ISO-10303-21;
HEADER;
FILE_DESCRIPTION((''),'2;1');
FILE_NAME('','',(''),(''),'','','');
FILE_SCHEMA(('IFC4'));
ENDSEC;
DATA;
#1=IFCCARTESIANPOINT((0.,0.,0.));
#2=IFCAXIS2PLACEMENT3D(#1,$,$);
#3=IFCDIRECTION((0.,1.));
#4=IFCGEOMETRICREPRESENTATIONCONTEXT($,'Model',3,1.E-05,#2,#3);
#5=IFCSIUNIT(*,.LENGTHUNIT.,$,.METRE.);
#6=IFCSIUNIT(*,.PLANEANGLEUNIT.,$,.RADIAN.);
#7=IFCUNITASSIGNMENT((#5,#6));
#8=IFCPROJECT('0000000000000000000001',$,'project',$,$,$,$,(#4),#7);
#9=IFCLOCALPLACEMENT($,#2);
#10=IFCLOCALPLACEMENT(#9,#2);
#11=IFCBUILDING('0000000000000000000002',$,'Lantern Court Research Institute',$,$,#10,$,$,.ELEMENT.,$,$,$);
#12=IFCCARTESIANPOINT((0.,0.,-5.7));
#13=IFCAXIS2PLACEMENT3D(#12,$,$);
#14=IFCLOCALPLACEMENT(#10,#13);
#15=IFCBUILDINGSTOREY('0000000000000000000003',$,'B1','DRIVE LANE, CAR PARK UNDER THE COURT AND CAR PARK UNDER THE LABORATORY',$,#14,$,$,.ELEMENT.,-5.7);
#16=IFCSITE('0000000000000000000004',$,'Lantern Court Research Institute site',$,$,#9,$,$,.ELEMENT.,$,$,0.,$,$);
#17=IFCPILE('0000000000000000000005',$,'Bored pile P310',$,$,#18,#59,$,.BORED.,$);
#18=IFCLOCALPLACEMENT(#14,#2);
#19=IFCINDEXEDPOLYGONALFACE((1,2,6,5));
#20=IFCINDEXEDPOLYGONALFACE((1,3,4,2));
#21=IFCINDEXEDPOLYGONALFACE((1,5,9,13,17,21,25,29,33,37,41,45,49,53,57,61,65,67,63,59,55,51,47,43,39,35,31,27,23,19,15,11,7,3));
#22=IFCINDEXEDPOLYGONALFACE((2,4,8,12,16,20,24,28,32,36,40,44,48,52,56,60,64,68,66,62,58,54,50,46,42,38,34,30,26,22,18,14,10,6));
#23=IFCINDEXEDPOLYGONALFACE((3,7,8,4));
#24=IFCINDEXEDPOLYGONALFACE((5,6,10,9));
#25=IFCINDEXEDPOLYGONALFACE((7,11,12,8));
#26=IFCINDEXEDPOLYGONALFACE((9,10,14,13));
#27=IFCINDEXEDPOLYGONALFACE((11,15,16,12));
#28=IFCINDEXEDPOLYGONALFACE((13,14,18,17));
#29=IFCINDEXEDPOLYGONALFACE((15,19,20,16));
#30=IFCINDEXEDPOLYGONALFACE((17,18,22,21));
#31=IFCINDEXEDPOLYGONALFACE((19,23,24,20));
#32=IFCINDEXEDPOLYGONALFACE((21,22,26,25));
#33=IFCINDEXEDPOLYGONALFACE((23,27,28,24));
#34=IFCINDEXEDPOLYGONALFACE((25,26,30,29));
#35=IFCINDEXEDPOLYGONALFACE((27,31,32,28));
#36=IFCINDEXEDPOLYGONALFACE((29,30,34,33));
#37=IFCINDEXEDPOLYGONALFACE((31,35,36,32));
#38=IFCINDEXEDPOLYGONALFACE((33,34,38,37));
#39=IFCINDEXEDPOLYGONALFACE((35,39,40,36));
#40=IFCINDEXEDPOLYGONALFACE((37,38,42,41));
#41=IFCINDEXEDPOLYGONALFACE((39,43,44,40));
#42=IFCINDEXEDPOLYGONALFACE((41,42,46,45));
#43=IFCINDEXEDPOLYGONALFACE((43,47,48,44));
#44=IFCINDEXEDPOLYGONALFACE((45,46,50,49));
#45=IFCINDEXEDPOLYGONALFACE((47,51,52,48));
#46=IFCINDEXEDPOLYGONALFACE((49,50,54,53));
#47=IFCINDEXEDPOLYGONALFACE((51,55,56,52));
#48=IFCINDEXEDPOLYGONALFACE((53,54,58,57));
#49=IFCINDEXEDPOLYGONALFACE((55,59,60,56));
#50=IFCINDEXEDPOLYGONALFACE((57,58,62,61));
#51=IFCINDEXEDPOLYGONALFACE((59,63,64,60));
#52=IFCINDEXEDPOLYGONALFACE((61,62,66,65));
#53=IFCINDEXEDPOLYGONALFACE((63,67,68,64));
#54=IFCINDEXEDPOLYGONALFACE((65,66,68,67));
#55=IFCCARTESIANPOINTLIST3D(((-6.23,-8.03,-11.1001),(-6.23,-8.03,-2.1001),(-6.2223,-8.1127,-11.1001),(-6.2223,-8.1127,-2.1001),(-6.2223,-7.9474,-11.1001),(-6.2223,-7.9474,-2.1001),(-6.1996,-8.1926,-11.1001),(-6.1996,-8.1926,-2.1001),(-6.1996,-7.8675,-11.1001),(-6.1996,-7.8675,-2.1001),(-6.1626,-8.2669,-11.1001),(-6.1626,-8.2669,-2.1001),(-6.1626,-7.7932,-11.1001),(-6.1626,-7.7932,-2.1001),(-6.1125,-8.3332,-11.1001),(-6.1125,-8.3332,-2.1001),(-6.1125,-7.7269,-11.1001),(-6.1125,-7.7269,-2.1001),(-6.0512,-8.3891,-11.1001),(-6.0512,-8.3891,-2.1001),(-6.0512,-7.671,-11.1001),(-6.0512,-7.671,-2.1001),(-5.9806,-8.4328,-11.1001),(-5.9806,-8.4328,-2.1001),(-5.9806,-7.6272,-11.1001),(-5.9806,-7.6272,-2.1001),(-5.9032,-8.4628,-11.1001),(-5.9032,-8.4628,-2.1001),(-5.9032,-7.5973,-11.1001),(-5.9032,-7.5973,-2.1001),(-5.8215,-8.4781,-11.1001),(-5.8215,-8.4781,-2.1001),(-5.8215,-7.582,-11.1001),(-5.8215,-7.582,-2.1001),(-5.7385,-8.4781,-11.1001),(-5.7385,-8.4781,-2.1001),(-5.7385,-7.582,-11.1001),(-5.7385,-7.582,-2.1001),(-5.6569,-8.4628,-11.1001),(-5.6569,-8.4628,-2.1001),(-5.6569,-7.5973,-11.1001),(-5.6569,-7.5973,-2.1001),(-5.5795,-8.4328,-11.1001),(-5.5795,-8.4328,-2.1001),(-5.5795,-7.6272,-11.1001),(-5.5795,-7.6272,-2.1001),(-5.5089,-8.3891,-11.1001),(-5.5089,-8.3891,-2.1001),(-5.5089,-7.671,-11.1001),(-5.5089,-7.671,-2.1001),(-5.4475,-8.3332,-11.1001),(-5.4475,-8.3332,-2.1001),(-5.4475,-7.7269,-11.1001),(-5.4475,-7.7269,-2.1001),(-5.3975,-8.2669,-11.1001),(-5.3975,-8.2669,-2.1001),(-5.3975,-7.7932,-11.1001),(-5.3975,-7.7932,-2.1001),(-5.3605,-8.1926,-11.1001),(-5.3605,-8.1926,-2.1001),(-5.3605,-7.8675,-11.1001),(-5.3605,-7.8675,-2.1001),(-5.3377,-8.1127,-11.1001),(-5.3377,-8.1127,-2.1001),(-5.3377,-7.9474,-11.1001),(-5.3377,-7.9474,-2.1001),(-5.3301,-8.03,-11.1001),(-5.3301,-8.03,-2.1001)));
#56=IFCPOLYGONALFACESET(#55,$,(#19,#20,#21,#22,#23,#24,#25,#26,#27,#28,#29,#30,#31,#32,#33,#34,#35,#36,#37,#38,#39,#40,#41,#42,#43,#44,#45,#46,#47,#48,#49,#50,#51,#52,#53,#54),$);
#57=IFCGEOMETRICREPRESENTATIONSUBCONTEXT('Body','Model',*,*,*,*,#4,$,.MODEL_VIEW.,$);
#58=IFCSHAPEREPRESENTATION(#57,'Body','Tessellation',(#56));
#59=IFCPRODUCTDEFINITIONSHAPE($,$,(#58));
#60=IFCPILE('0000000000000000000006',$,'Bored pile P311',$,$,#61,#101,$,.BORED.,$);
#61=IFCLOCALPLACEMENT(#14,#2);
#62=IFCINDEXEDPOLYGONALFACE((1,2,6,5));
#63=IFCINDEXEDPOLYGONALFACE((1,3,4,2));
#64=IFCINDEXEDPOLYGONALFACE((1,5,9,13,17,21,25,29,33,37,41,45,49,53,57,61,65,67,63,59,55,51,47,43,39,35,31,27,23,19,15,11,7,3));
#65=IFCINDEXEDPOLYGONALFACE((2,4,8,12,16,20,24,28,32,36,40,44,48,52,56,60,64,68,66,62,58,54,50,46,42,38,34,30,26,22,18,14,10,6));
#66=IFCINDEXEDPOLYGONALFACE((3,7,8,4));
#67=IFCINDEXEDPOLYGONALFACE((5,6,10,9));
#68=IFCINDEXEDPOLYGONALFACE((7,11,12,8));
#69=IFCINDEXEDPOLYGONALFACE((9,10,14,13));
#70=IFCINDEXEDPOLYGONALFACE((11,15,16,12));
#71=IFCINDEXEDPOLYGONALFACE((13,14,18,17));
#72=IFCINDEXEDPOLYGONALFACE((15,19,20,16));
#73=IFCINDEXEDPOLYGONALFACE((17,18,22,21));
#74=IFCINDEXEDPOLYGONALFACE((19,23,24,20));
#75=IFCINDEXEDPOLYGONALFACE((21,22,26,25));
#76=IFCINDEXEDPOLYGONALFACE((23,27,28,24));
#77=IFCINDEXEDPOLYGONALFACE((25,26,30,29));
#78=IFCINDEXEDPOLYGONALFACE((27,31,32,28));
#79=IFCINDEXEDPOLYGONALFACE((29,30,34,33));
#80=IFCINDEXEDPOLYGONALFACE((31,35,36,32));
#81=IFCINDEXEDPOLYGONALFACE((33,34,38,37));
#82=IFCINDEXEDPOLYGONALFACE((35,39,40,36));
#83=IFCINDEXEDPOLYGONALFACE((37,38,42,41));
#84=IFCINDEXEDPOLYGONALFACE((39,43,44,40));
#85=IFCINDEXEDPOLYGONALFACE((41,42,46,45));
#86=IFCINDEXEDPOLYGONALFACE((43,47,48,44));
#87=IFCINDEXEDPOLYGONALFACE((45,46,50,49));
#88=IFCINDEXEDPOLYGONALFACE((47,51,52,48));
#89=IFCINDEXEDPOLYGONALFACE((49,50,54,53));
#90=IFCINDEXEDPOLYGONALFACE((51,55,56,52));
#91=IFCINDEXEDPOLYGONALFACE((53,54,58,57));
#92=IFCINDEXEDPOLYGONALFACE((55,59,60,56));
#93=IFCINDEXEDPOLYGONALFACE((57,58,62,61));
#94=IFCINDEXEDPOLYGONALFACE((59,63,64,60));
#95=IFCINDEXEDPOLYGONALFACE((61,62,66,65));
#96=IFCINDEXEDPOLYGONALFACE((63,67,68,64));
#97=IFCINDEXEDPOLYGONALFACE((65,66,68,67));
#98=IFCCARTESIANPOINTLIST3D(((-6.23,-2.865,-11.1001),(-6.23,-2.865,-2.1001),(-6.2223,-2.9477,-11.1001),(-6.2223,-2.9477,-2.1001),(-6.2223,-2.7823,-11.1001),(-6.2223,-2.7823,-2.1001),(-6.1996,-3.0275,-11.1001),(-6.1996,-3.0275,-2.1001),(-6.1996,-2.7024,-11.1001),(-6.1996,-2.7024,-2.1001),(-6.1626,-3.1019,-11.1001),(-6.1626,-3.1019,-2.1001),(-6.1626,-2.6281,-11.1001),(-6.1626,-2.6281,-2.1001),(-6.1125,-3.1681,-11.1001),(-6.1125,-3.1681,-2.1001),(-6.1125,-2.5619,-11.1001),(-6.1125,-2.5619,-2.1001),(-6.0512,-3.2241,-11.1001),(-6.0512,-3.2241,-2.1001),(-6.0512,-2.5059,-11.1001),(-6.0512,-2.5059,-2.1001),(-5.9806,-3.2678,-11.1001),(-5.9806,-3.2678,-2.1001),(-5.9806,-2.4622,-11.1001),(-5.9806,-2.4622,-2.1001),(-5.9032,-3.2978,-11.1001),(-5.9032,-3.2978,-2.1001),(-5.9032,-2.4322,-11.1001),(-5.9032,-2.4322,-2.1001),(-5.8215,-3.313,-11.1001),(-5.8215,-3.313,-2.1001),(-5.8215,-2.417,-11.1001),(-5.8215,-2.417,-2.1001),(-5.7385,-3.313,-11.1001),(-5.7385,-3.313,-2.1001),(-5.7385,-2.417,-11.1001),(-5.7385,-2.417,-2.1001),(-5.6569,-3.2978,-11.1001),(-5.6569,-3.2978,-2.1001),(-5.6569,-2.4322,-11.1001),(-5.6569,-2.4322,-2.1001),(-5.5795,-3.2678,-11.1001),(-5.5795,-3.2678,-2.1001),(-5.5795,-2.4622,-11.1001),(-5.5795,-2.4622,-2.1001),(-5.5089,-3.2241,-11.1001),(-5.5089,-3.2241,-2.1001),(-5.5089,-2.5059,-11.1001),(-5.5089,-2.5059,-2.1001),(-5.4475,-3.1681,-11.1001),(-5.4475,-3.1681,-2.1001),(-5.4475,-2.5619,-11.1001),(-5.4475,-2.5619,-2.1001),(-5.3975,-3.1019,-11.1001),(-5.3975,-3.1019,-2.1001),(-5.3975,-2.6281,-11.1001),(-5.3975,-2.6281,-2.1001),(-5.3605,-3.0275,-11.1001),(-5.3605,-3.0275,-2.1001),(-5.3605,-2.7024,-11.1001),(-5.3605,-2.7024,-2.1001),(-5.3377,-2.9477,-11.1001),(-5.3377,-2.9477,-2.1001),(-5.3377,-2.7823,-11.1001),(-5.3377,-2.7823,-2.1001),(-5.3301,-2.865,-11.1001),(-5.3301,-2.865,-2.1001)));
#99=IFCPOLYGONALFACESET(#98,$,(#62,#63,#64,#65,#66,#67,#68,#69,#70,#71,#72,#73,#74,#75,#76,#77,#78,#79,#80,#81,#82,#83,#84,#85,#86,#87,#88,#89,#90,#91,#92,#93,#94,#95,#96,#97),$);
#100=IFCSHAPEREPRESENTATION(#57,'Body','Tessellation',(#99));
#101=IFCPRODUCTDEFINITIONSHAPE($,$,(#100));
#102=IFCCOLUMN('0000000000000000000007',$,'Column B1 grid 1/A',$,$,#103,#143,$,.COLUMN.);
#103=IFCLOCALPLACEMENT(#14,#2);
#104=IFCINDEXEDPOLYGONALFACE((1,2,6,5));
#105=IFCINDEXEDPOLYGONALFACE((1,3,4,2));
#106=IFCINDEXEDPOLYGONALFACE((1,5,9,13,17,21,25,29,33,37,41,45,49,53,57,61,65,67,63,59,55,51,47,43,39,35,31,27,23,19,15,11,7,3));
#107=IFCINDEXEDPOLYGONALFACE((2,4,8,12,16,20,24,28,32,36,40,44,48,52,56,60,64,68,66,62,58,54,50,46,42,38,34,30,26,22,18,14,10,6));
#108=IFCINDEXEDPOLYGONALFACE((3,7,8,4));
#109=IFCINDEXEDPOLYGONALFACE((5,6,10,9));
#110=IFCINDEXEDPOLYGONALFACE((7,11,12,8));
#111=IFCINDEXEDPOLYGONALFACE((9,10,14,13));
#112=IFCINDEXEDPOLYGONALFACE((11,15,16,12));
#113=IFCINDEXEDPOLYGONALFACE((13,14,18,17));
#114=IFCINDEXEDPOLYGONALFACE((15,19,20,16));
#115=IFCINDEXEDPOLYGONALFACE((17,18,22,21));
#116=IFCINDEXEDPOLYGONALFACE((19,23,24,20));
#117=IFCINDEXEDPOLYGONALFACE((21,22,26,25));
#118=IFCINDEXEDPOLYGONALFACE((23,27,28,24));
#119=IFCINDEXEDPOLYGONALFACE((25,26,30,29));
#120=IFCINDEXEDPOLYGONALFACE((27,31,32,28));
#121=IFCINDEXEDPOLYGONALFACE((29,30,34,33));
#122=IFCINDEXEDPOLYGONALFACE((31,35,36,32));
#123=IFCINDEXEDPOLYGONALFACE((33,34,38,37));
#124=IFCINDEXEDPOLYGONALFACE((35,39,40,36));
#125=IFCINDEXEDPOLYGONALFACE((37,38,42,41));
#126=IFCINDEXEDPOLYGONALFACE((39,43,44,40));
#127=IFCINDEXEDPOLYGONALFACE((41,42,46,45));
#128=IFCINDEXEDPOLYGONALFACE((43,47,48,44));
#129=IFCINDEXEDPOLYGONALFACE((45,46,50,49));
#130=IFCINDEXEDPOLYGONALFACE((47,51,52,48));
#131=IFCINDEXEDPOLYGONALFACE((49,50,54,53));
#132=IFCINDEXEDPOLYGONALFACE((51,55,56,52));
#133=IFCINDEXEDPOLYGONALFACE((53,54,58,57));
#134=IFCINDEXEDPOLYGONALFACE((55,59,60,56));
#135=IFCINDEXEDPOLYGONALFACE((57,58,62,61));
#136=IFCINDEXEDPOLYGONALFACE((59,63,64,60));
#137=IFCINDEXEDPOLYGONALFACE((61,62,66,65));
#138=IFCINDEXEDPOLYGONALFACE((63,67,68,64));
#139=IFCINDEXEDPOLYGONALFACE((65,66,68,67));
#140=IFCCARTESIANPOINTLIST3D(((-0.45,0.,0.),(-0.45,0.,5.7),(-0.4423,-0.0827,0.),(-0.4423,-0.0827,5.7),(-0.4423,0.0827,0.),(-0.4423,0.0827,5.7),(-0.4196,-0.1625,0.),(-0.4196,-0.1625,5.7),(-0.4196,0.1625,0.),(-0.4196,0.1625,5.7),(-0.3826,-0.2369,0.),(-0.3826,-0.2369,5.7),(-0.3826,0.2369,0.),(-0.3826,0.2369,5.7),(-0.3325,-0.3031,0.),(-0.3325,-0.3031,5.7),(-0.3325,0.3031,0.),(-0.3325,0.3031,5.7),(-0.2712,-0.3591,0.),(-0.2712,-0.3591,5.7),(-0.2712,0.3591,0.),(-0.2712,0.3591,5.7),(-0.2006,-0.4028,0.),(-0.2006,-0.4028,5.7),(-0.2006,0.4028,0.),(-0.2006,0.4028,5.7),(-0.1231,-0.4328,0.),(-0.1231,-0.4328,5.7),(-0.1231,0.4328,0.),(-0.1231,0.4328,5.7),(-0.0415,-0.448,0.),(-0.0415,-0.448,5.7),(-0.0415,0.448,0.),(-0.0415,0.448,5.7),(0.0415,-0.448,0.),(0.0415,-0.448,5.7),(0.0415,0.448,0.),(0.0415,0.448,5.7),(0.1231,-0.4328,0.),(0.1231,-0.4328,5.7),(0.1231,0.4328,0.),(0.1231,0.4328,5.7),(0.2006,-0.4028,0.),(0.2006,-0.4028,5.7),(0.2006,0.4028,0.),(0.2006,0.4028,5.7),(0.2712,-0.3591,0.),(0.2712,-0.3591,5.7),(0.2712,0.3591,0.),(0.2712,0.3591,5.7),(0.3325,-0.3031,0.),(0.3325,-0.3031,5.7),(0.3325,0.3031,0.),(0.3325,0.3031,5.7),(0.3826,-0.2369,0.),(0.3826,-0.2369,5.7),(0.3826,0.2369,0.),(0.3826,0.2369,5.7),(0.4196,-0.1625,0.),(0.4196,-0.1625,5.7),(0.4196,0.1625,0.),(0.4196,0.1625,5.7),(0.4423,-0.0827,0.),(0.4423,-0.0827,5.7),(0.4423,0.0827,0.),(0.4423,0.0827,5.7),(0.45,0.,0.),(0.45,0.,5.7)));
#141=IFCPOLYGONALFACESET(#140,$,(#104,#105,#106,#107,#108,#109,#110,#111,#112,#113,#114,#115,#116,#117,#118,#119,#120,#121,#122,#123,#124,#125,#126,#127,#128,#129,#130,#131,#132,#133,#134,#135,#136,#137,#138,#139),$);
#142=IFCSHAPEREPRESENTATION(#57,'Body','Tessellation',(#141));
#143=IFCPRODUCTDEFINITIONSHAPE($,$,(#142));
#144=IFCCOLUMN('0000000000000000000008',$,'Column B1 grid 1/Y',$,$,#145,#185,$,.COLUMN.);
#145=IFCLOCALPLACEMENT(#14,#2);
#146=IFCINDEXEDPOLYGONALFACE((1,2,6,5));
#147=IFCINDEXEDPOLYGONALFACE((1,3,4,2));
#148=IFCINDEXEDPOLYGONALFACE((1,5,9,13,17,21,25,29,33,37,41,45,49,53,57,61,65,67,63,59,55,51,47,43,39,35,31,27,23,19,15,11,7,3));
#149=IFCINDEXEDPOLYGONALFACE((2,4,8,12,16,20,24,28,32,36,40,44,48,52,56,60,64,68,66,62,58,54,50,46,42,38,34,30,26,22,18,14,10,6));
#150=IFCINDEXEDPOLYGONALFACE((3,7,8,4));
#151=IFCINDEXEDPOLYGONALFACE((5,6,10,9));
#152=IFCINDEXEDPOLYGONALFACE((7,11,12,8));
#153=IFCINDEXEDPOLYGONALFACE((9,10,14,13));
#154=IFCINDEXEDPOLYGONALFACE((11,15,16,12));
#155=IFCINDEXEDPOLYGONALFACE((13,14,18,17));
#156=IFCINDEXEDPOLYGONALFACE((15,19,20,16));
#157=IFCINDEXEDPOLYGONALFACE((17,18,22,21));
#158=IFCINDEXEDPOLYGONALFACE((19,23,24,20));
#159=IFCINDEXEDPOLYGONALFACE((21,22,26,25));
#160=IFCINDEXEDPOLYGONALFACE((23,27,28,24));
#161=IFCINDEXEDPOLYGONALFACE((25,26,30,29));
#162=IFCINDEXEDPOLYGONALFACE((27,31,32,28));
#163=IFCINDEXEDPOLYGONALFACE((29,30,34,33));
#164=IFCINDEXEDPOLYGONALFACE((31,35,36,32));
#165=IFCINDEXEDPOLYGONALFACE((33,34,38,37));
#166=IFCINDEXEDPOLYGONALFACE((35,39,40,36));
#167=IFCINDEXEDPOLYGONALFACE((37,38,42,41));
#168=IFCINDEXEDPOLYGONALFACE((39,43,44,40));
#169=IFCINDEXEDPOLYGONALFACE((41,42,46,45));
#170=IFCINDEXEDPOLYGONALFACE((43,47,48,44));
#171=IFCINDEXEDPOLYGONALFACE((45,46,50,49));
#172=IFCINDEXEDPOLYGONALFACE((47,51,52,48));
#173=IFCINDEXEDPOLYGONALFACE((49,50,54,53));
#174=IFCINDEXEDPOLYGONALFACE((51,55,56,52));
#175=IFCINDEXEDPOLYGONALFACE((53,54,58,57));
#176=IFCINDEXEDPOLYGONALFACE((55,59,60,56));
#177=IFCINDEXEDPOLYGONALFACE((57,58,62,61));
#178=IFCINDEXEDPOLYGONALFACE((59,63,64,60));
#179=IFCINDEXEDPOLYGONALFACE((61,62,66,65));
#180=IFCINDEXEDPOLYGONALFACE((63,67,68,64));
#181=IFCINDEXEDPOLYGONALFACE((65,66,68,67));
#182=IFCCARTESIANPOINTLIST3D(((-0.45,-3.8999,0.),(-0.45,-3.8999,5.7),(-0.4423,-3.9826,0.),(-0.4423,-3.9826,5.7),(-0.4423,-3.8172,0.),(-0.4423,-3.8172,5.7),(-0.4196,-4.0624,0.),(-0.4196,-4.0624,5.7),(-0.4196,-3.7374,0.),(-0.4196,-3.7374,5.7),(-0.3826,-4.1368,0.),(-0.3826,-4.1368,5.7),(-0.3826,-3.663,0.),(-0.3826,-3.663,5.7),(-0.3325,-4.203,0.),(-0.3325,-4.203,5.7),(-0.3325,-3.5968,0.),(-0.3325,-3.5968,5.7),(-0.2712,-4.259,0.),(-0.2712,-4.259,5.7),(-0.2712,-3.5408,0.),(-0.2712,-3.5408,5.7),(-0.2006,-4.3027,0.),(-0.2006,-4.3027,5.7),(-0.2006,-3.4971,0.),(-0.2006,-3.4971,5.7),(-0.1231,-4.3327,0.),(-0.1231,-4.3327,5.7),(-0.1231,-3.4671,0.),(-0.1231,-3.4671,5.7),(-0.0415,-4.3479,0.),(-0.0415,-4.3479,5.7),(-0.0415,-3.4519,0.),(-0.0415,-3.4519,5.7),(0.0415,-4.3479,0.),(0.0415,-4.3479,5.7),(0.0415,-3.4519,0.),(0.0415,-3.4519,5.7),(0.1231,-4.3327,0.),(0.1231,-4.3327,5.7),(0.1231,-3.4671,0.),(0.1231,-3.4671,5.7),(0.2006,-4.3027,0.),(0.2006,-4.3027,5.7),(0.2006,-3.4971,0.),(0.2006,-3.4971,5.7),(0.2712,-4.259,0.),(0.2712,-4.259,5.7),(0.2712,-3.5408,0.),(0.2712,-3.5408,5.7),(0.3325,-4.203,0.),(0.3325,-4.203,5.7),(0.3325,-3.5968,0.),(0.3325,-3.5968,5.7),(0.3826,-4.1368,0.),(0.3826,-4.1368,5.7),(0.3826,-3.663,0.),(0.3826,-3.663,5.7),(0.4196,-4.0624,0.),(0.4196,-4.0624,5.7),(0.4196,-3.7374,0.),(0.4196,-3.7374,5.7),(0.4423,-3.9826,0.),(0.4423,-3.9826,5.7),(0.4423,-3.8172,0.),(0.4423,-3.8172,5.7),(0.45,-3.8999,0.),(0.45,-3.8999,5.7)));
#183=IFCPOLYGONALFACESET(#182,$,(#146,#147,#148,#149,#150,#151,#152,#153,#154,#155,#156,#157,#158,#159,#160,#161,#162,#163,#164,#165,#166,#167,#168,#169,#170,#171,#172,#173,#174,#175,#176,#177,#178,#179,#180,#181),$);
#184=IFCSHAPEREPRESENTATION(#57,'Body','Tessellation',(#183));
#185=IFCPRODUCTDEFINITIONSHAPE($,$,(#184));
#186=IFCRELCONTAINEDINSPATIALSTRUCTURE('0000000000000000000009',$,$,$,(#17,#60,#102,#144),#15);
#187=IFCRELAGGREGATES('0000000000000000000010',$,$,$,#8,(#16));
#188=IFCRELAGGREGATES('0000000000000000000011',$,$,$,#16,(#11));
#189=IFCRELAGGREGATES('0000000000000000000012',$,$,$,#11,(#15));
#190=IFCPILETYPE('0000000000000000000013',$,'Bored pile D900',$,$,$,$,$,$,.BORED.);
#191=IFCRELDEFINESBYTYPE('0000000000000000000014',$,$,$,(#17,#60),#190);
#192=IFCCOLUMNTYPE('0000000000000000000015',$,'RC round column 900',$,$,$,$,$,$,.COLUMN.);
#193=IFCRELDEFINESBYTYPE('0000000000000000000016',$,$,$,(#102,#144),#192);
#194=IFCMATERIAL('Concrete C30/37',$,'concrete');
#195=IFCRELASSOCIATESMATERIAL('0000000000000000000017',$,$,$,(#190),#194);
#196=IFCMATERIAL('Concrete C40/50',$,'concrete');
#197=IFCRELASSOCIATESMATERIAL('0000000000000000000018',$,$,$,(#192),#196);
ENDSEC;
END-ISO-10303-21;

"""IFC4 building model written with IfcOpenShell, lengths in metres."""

from ifc_helpers import new_model, si_unit, direction, frame, origin, origin_2d, place, context, subcontext, project, spatial, circle, extrude, material, material_profile, profile_set, type_object, element, save


model = new_model("IFC4")

# Units and contexts
model_context = context("Model", 3, precision=1e-05, world=origin(), true_north=direction((0.0, 1.0)))
body_context = subcontext(model_context, "Body", "Model", "MODEL_VIEW")
ifc_project = project(units=[si_unit("LENGTHUNIT", "METRE"), si_unit("PLANEANGLEUNIT", "RADIAN")], contexts=[model_context])

# Site, building, storey
site_placement = place(None, origin())
site = spatial("IfcSite", under=ifc_project, at=site_placement, Name="Lantern Court Research Institute site", CompositionType="ELEMENT", RefElevation=0.0)
building_placement = place(site_placement, origin())
building = spatial("IfcBuilding", under=site, at=building_placement, Name="Lantern Court Research Institute", CompositionType="ELEMENT")
storey_placement = place(building_placement, frame((0.0, 0.0, -5.7)))
storey = spatial("IfcBuildingStorey", under=building, at=storey_placement, Name="B1", Description="DRIVE LANE, CAR PARK UNDER THE COURT AND CAR PARK UNDER THE LABORATORY", CompositionType="ELEMENT", Elevation=-5.7)

# Piles
ifc_material_1 = material(Name="Concrete C30/37", Category="concrete")
ifc_material_profile_1 = material_profile(ifc_material_1, circle(Radius=0.45, at=origin_2d()), Name="Bored pile D900")
ifc_profile_set_1 = profile_set([ifc_material_profile_1], Name="Concrete C30/37")
pile_type_1 = type_object("IfcPileType", Name="Bored pile D900", PredefinedType="BORED", material=ifc_profile_set_1)
for number, where, z_axis, x_axis, name in (
    (1, (-5.78, -8.03, -2.1001), (0.0, 0.0, -1.0), (1.0, 0.0, 0.0), "Bored pile P310"),
    (2, (-5.78, -2.865, -2.1001), (0.0, 0.0, -1.0), (1.0, 0.0, 0.0), "Bored pile P311"),
):
    element("IfcPile", number, at=place(storey_placement, frame(where, z_axis=z_axis, x_axis=x_axis)), inside=storey, type_object=pile_type_1, Name=name, PredefinedType="BORED", context=body_context, shape_type="SweptSolid", body=[
        extrude(circle(Radius=0.45, at=origin_2d()), origin(), (0.0, 0.0, 1.0), 9.0),
    ])

# Columns
ifc_material_2 = material(Name="Concrete C40/50", Category="concrete")
ifc_material_profile_2 = material_profile(ifc_material_2, circle(Radius=0.45, at=origin_2d()), Name="RC round column 900")
ifc_profile_set_2 = profile_set([ifc_material_profile_2], Name="Concrete C40/50")
column_type = type_object("IfcColumnType", Name="RC round column 900", PredefinedType="COLUMN", material=ifc_profile_set_2)
for number, where, z_axis, x_axis, name in (
    (3, (0.0, 0.0, 0.0), (0.0, 0.0, 1.0), (1.0, 0.0, 0.0), "Column B1 grid 1/A"),
    (4, (0.0, -3.8999, 0.0), (0.0, 0.0, 1.0), (1.0, 0.0, 0.0), "Column B1 grid 1/Y"),
):
    element("IfcColumn", number, at=place(storey_placement, frame(where, z_axis=z_axis, x_axis=x_axis)), inside=storey, type_object=column_type, Name=name, PredefinedType="COLUMN", context=body_context, shape_type="SweptSolid", body=[
        extrude(circle(Radius=0.45, at=origin_2d()), origin(), (0.0, 0.0, 1.0), 5.7),
    ])

save(model, "model.ifc")
